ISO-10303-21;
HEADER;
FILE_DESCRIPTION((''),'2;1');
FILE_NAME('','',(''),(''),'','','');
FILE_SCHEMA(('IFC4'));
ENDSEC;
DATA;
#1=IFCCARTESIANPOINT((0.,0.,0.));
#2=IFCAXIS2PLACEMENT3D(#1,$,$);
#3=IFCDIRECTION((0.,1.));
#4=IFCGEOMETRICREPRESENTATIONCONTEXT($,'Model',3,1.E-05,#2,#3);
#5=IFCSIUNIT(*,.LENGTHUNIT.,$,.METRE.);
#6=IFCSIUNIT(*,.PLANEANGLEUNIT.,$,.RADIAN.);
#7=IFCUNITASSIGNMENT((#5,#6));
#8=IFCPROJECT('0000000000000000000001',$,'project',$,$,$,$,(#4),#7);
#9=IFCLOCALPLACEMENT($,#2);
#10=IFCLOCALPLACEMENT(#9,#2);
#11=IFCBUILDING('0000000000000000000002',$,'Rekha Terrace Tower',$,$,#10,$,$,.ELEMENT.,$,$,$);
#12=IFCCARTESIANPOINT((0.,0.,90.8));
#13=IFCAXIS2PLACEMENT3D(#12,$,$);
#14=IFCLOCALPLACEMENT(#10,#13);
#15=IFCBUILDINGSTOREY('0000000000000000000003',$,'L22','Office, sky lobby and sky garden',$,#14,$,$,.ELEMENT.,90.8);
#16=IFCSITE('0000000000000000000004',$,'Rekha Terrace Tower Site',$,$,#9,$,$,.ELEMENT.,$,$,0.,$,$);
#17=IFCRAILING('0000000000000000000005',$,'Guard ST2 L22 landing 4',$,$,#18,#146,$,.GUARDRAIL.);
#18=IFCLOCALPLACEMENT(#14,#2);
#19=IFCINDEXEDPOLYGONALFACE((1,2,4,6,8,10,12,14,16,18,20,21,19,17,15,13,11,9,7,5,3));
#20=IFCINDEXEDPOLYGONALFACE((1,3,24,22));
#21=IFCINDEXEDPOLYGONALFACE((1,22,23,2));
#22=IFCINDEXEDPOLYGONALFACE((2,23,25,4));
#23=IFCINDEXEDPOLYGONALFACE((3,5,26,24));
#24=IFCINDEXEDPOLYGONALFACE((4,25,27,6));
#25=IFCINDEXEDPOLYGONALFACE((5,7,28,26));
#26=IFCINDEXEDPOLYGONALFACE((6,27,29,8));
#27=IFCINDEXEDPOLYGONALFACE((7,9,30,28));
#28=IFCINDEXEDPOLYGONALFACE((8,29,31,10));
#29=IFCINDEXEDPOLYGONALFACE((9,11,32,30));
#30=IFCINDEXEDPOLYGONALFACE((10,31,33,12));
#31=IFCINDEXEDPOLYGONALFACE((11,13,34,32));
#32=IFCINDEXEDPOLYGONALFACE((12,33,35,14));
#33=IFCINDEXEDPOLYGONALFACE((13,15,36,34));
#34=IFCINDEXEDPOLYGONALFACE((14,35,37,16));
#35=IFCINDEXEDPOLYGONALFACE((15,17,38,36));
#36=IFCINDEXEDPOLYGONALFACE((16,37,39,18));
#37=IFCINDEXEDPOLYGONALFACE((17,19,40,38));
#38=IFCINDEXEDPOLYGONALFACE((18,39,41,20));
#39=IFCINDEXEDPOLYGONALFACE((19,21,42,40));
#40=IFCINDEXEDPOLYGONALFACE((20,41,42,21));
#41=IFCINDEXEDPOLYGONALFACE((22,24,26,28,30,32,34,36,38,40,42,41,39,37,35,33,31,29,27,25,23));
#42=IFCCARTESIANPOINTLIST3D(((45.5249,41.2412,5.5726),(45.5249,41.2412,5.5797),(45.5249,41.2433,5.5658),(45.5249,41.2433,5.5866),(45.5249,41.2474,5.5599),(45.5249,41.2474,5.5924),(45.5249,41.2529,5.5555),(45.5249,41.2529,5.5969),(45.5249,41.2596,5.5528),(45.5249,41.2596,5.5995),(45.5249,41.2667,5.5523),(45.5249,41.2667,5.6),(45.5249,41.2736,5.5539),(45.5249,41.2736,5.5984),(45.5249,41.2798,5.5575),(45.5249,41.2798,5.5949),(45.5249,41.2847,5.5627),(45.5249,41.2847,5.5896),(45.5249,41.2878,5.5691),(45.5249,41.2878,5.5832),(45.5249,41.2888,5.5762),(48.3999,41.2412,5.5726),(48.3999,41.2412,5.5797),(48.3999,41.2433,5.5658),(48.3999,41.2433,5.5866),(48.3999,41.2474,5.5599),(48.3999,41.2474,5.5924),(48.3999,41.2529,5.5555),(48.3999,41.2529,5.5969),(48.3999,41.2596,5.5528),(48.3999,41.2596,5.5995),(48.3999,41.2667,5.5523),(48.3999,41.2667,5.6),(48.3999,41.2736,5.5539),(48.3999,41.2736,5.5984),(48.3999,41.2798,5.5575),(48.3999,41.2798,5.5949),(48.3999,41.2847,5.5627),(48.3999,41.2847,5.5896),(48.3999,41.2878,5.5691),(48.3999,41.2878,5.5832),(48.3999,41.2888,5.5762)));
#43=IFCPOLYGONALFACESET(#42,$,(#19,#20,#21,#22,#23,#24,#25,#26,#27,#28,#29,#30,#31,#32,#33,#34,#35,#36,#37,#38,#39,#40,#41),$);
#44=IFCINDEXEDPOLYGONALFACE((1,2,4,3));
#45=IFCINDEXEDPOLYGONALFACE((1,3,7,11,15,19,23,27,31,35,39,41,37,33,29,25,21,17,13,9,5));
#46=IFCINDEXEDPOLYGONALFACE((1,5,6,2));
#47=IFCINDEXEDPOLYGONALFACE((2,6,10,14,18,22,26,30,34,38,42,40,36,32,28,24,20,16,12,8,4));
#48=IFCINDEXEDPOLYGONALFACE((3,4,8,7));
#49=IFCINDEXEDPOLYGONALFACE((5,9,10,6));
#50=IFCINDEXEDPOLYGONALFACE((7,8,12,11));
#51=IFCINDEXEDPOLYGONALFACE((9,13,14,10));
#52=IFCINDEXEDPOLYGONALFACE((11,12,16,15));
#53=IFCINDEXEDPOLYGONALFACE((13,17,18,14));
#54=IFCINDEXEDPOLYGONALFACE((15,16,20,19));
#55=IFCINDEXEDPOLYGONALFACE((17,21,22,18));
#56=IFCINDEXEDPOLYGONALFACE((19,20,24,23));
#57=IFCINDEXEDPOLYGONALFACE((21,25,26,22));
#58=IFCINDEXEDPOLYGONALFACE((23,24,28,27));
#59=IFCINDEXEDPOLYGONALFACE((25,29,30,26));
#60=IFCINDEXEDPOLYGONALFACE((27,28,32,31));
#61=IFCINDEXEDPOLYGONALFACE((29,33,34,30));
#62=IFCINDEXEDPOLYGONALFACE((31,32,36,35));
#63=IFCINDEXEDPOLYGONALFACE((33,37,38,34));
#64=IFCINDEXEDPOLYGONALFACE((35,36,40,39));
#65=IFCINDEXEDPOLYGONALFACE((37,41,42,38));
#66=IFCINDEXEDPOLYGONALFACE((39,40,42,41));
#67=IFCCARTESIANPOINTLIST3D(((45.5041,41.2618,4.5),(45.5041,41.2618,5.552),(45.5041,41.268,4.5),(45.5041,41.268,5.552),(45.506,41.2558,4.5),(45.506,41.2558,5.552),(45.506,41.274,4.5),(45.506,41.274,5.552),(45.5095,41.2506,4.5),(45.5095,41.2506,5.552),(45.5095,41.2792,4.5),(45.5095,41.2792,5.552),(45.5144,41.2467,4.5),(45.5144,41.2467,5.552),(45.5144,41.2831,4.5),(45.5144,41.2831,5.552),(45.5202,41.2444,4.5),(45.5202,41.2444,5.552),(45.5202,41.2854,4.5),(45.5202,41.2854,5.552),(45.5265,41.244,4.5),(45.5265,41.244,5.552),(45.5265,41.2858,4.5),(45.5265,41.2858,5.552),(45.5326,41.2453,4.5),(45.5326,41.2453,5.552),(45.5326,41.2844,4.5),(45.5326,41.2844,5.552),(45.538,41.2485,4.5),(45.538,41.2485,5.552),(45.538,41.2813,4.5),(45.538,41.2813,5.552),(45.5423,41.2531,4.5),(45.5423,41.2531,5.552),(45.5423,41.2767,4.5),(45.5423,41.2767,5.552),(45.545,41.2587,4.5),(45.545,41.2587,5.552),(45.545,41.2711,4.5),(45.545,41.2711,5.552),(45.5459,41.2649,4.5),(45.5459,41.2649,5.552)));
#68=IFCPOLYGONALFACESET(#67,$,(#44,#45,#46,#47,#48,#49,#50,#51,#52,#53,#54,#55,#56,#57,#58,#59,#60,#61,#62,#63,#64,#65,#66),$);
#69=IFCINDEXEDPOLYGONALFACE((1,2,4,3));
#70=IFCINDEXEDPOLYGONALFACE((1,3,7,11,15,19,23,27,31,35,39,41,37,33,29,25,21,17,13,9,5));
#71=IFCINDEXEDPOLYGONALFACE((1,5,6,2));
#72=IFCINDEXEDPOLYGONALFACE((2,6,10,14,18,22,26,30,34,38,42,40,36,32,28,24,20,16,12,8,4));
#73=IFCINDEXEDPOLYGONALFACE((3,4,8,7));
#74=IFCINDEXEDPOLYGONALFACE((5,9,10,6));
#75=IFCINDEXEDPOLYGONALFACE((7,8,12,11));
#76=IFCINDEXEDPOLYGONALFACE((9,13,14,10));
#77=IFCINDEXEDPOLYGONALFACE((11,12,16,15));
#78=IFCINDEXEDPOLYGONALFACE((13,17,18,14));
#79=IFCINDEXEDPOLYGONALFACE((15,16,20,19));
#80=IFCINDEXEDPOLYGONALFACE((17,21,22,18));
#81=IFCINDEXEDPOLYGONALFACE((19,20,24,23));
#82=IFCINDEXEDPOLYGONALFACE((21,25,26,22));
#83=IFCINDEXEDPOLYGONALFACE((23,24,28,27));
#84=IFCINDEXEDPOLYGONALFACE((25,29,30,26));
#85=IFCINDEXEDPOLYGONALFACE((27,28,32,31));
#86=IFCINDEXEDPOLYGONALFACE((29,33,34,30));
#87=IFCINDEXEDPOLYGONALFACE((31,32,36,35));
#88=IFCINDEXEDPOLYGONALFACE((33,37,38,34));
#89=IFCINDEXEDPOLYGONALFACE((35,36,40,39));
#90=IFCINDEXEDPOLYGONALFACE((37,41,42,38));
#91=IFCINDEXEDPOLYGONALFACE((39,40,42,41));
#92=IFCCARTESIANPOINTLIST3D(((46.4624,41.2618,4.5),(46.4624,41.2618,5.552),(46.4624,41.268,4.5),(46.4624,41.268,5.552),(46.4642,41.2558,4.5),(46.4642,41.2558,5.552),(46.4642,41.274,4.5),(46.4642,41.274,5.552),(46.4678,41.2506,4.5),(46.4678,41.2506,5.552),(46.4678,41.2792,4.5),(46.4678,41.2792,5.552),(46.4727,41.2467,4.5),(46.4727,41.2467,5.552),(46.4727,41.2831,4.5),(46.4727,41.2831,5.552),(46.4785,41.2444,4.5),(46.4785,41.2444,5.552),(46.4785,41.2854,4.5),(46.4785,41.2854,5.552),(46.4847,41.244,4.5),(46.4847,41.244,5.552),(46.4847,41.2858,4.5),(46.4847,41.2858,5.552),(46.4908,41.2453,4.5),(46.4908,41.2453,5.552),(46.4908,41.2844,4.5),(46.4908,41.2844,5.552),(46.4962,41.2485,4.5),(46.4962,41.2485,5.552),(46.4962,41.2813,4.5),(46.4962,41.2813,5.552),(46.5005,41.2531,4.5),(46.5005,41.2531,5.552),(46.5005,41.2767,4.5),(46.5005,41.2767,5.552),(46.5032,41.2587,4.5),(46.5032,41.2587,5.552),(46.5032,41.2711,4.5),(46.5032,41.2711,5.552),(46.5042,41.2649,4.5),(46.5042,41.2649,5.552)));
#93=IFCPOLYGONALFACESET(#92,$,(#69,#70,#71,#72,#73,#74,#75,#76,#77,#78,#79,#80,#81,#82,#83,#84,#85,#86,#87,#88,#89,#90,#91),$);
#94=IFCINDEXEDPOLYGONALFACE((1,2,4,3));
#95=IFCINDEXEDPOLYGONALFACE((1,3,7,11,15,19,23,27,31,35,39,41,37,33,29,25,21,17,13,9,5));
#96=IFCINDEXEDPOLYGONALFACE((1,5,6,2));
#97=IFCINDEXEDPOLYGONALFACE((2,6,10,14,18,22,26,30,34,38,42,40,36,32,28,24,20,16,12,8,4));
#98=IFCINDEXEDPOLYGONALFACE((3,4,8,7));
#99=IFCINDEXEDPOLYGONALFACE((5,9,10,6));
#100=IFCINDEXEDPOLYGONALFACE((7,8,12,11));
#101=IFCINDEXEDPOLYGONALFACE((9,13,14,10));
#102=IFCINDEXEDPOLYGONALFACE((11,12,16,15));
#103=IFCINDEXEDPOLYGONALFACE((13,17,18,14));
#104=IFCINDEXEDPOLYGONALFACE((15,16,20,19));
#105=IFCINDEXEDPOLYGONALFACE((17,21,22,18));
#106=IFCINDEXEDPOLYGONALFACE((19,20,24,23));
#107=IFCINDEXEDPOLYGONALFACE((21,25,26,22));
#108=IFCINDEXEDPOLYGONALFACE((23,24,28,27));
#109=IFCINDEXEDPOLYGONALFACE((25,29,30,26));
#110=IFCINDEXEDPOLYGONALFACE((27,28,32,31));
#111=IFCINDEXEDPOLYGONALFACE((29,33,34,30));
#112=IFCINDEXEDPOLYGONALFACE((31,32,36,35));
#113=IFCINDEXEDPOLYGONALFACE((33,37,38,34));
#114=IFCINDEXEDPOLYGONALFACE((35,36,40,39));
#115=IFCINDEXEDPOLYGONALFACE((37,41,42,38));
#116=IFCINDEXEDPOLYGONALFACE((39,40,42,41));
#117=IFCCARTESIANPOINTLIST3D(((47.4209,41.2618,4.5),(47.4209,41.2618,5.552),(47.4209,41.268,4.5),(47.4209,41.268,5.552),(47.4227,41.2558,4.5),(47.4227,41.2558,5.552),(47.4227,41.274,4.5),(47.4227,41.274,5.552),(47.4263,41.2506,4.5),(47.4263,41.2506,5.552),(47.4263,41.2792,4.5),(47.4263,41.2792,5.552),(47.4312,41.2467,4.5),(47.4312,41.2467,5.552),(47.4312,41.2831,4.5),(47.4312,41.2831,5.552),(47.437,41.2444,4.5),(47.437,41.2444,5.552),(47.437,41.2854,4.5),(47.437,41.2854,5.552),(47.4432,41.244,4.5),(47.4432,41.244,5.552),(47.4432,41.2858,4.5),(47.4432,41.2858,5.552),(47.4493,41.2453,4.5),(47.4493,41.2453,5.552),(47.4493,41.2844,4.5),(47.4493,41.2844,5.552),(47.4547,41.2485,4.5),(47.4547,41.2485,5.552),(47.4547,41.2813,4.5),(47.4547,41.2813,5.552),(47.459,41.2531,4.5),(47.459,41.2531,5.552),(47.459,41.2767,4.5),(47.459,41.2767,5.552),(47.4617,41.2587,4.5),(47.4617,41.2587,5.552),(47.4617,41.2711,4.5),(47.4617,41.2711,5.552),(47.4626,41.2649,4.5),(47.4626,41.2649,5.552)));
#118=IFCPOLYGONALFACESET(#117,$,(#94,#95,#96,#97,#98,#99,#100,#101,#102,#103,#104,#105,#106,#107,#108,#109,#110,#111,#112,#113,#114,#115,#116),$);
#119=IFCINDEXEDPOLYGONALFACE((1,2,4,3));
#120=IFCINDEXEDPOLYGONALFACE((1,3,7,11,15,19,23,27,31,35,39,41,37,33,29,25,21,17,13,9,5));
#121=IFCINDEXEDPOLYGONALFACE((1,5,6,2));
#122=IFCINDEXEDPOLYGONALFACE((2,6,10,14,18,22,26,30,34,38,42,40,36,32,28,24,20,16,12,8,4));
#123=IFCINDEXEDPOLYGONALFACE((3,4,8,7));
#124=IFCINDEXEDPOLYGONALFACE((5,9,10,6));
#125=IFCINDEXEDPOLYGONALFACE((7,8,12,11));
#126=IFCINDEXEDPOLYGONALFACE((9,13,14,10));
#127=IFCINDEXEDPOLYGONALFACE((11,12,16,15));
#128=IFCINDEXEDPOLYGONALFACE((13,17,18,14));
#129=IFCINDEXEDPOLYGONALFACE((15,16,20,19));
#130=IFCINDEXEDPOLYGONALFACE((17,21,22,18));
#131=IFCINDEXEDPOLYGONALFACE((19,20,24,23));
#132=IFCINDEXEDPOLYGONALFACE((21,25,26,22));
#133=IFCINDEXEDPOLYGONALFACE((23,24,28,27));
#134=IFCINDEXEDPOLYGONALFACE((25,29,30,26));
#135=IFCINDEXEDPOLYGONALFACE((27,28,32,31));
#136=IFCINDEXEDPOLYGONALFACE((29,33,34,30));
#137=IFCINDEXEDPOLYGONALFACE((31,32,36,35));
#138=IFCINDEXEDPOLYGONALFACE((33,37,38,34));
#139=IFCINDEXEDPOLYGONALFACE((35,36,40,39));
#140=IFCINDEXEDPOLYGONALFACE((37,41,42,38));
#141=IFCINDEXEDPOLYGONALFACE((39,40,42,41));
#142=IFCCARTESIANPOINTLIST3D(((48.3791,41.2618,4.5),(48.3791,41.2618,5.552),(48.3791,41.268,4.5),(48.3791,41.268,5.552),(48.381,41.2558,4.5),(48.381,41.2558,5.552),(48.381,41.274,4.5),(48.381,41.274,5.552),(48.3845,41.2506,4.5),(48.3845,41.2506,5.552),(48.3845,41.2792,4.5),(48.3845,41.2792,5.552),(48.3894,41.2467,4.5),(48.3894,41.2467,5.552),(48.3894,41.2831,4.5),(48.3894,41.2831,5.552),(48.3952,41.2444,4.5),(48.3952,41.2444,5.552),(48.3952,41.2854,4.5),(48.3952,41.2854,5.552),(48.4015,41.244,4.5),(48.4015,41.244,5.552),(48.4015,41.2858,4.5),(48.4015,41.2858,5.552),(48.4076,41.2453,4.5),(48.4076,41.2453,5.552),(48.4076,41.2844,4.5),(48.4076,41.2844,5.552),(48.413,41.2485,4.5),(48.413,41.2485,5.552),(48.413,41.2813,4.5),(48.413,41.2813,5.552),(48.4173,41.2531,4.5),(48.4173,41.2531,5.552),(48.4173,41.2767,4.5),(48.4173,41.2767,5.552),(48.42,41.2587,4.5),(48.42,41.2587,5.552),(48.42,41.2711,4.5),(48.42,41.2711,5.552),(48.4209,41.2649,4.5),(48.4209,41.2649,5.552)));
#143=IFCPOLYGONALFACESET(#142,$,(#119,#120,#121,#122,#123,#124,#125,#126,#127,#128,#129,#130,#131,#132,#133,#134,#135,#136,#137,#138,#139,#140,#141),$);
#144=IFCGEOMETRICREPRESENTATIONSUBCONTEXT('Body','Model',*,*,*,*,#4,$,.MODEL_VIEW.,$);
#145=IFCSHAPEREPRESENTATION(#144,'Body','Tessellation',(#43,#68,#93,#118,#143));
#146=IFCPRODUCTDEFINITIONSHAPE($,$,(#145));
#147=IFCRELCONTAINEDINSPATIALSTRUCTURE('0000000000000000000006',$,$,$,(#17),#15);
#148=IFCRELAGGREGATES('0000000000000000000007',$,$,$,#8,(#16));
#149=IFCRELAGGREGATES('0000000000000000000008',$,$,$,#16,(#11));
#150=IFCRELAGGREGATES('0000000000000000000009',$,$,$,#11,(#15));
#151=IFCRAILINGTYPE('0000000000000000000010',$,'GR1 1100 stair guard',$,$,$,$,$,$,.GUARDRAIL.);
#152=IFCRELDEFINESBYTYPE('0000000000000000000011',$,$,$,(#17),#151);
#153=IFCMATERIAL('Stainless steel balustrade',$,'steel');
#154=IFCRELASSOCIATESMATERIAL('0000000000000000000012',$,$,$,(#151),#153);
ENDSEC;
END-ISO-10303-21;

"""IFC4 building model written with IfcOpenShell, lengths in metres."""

from ifc_helpers import new_model, si_unit, direction, frame, origin, origin_2d, place, context, subcontext, project, spatial, circle, extrude, material, type_object, element, save


model = new_model("IFC4")

# Units and contexts
model_context = context("Model", 3, precision=1e-05, world=origin(), true_north=direction((0.0, 1.0)))
body_context = subcontext(model_context, "Body", "Model", "MODEL_VIEW")
ifc_project = project(units=[si_unit("LENGTHUNIT", "METRE"), si_unit("PLANEANGLEUNIT", "RADIAN")], contexts=[model_context])

# Site, building, storey
site_placement = place(None, origin())
site = spatial("IfcSite", under=ifc_project, at=site_placement, Name="Rekha Terrace Tower Site", CompositionType="ELEMENT", RefElevation=0.0)
building_placement = place(site_placement, origin())
building = spatial("IfcBuilding", under=site, at=building_placement, Name="Rekha Terrace Tower", CompositionType="ELEMENT")
storey_placement = place(building_placement, frame((0.0, 0.0, 90.8)))
storey = spatial("IfcBuildingStorey", under=building, at=storey_placement, Name="L22", Description="Office, sky lobby and sky garden", CompositionType="ELEMENT", Elevation=90.8)

# Railing
ifc_material_1 = material(Name="Stainless steel balustrade", Category="steel")
railing_type_1 = type_object("IfcRailingType", Name="GR1 1100 stair guard", PredefinedType="GUARDRAIL", material=ifc_material_1)
railing_1_placement = place(storey_placement, frame((45.5249, 41.2649, 4.5)))
element("IfcRailing", 1, at=railing_1_placement, inside=storey, type_object=railing_type_1, Name="Guard ST2 L22 landing 4", PredefinedType="GUARDRAIL", context=body_context, shape_type="SweptSolid", body=[
    extrude(circle(Radius=0.0239, at=origin_2d()), frame((0.0, 0.0, 1.0762), z_axis=(1.0, 0.0, 0.0), x_axis=(0.0, 1.0, 0.0)), (0.0, 0.0, 1.0), 2.875),
    extrude(circle(Radius=0.021, at=origin_2d()), origin(), (0.0, 0.0, 1.0), 1.052),
    extrude(circle(Radius=0.021, at=origin_2d()), frame((0.9583, 0.0, 0.0)), (0.0, 0.0, 1.0), 1.052),
    extrude(circle(Radius=0.021, at=origin_2d()), frame((1.9167, 0.0, 0.0)), (0.0, 0.0, 1.0), 1.052),
    extrude(circle(Radius=0.021, at=origin_2d()), frame((2.875, 0.0, 0.0)), (0.0, 0.0, 1.0), 1.052),
])

save(model, "model.ifc")
